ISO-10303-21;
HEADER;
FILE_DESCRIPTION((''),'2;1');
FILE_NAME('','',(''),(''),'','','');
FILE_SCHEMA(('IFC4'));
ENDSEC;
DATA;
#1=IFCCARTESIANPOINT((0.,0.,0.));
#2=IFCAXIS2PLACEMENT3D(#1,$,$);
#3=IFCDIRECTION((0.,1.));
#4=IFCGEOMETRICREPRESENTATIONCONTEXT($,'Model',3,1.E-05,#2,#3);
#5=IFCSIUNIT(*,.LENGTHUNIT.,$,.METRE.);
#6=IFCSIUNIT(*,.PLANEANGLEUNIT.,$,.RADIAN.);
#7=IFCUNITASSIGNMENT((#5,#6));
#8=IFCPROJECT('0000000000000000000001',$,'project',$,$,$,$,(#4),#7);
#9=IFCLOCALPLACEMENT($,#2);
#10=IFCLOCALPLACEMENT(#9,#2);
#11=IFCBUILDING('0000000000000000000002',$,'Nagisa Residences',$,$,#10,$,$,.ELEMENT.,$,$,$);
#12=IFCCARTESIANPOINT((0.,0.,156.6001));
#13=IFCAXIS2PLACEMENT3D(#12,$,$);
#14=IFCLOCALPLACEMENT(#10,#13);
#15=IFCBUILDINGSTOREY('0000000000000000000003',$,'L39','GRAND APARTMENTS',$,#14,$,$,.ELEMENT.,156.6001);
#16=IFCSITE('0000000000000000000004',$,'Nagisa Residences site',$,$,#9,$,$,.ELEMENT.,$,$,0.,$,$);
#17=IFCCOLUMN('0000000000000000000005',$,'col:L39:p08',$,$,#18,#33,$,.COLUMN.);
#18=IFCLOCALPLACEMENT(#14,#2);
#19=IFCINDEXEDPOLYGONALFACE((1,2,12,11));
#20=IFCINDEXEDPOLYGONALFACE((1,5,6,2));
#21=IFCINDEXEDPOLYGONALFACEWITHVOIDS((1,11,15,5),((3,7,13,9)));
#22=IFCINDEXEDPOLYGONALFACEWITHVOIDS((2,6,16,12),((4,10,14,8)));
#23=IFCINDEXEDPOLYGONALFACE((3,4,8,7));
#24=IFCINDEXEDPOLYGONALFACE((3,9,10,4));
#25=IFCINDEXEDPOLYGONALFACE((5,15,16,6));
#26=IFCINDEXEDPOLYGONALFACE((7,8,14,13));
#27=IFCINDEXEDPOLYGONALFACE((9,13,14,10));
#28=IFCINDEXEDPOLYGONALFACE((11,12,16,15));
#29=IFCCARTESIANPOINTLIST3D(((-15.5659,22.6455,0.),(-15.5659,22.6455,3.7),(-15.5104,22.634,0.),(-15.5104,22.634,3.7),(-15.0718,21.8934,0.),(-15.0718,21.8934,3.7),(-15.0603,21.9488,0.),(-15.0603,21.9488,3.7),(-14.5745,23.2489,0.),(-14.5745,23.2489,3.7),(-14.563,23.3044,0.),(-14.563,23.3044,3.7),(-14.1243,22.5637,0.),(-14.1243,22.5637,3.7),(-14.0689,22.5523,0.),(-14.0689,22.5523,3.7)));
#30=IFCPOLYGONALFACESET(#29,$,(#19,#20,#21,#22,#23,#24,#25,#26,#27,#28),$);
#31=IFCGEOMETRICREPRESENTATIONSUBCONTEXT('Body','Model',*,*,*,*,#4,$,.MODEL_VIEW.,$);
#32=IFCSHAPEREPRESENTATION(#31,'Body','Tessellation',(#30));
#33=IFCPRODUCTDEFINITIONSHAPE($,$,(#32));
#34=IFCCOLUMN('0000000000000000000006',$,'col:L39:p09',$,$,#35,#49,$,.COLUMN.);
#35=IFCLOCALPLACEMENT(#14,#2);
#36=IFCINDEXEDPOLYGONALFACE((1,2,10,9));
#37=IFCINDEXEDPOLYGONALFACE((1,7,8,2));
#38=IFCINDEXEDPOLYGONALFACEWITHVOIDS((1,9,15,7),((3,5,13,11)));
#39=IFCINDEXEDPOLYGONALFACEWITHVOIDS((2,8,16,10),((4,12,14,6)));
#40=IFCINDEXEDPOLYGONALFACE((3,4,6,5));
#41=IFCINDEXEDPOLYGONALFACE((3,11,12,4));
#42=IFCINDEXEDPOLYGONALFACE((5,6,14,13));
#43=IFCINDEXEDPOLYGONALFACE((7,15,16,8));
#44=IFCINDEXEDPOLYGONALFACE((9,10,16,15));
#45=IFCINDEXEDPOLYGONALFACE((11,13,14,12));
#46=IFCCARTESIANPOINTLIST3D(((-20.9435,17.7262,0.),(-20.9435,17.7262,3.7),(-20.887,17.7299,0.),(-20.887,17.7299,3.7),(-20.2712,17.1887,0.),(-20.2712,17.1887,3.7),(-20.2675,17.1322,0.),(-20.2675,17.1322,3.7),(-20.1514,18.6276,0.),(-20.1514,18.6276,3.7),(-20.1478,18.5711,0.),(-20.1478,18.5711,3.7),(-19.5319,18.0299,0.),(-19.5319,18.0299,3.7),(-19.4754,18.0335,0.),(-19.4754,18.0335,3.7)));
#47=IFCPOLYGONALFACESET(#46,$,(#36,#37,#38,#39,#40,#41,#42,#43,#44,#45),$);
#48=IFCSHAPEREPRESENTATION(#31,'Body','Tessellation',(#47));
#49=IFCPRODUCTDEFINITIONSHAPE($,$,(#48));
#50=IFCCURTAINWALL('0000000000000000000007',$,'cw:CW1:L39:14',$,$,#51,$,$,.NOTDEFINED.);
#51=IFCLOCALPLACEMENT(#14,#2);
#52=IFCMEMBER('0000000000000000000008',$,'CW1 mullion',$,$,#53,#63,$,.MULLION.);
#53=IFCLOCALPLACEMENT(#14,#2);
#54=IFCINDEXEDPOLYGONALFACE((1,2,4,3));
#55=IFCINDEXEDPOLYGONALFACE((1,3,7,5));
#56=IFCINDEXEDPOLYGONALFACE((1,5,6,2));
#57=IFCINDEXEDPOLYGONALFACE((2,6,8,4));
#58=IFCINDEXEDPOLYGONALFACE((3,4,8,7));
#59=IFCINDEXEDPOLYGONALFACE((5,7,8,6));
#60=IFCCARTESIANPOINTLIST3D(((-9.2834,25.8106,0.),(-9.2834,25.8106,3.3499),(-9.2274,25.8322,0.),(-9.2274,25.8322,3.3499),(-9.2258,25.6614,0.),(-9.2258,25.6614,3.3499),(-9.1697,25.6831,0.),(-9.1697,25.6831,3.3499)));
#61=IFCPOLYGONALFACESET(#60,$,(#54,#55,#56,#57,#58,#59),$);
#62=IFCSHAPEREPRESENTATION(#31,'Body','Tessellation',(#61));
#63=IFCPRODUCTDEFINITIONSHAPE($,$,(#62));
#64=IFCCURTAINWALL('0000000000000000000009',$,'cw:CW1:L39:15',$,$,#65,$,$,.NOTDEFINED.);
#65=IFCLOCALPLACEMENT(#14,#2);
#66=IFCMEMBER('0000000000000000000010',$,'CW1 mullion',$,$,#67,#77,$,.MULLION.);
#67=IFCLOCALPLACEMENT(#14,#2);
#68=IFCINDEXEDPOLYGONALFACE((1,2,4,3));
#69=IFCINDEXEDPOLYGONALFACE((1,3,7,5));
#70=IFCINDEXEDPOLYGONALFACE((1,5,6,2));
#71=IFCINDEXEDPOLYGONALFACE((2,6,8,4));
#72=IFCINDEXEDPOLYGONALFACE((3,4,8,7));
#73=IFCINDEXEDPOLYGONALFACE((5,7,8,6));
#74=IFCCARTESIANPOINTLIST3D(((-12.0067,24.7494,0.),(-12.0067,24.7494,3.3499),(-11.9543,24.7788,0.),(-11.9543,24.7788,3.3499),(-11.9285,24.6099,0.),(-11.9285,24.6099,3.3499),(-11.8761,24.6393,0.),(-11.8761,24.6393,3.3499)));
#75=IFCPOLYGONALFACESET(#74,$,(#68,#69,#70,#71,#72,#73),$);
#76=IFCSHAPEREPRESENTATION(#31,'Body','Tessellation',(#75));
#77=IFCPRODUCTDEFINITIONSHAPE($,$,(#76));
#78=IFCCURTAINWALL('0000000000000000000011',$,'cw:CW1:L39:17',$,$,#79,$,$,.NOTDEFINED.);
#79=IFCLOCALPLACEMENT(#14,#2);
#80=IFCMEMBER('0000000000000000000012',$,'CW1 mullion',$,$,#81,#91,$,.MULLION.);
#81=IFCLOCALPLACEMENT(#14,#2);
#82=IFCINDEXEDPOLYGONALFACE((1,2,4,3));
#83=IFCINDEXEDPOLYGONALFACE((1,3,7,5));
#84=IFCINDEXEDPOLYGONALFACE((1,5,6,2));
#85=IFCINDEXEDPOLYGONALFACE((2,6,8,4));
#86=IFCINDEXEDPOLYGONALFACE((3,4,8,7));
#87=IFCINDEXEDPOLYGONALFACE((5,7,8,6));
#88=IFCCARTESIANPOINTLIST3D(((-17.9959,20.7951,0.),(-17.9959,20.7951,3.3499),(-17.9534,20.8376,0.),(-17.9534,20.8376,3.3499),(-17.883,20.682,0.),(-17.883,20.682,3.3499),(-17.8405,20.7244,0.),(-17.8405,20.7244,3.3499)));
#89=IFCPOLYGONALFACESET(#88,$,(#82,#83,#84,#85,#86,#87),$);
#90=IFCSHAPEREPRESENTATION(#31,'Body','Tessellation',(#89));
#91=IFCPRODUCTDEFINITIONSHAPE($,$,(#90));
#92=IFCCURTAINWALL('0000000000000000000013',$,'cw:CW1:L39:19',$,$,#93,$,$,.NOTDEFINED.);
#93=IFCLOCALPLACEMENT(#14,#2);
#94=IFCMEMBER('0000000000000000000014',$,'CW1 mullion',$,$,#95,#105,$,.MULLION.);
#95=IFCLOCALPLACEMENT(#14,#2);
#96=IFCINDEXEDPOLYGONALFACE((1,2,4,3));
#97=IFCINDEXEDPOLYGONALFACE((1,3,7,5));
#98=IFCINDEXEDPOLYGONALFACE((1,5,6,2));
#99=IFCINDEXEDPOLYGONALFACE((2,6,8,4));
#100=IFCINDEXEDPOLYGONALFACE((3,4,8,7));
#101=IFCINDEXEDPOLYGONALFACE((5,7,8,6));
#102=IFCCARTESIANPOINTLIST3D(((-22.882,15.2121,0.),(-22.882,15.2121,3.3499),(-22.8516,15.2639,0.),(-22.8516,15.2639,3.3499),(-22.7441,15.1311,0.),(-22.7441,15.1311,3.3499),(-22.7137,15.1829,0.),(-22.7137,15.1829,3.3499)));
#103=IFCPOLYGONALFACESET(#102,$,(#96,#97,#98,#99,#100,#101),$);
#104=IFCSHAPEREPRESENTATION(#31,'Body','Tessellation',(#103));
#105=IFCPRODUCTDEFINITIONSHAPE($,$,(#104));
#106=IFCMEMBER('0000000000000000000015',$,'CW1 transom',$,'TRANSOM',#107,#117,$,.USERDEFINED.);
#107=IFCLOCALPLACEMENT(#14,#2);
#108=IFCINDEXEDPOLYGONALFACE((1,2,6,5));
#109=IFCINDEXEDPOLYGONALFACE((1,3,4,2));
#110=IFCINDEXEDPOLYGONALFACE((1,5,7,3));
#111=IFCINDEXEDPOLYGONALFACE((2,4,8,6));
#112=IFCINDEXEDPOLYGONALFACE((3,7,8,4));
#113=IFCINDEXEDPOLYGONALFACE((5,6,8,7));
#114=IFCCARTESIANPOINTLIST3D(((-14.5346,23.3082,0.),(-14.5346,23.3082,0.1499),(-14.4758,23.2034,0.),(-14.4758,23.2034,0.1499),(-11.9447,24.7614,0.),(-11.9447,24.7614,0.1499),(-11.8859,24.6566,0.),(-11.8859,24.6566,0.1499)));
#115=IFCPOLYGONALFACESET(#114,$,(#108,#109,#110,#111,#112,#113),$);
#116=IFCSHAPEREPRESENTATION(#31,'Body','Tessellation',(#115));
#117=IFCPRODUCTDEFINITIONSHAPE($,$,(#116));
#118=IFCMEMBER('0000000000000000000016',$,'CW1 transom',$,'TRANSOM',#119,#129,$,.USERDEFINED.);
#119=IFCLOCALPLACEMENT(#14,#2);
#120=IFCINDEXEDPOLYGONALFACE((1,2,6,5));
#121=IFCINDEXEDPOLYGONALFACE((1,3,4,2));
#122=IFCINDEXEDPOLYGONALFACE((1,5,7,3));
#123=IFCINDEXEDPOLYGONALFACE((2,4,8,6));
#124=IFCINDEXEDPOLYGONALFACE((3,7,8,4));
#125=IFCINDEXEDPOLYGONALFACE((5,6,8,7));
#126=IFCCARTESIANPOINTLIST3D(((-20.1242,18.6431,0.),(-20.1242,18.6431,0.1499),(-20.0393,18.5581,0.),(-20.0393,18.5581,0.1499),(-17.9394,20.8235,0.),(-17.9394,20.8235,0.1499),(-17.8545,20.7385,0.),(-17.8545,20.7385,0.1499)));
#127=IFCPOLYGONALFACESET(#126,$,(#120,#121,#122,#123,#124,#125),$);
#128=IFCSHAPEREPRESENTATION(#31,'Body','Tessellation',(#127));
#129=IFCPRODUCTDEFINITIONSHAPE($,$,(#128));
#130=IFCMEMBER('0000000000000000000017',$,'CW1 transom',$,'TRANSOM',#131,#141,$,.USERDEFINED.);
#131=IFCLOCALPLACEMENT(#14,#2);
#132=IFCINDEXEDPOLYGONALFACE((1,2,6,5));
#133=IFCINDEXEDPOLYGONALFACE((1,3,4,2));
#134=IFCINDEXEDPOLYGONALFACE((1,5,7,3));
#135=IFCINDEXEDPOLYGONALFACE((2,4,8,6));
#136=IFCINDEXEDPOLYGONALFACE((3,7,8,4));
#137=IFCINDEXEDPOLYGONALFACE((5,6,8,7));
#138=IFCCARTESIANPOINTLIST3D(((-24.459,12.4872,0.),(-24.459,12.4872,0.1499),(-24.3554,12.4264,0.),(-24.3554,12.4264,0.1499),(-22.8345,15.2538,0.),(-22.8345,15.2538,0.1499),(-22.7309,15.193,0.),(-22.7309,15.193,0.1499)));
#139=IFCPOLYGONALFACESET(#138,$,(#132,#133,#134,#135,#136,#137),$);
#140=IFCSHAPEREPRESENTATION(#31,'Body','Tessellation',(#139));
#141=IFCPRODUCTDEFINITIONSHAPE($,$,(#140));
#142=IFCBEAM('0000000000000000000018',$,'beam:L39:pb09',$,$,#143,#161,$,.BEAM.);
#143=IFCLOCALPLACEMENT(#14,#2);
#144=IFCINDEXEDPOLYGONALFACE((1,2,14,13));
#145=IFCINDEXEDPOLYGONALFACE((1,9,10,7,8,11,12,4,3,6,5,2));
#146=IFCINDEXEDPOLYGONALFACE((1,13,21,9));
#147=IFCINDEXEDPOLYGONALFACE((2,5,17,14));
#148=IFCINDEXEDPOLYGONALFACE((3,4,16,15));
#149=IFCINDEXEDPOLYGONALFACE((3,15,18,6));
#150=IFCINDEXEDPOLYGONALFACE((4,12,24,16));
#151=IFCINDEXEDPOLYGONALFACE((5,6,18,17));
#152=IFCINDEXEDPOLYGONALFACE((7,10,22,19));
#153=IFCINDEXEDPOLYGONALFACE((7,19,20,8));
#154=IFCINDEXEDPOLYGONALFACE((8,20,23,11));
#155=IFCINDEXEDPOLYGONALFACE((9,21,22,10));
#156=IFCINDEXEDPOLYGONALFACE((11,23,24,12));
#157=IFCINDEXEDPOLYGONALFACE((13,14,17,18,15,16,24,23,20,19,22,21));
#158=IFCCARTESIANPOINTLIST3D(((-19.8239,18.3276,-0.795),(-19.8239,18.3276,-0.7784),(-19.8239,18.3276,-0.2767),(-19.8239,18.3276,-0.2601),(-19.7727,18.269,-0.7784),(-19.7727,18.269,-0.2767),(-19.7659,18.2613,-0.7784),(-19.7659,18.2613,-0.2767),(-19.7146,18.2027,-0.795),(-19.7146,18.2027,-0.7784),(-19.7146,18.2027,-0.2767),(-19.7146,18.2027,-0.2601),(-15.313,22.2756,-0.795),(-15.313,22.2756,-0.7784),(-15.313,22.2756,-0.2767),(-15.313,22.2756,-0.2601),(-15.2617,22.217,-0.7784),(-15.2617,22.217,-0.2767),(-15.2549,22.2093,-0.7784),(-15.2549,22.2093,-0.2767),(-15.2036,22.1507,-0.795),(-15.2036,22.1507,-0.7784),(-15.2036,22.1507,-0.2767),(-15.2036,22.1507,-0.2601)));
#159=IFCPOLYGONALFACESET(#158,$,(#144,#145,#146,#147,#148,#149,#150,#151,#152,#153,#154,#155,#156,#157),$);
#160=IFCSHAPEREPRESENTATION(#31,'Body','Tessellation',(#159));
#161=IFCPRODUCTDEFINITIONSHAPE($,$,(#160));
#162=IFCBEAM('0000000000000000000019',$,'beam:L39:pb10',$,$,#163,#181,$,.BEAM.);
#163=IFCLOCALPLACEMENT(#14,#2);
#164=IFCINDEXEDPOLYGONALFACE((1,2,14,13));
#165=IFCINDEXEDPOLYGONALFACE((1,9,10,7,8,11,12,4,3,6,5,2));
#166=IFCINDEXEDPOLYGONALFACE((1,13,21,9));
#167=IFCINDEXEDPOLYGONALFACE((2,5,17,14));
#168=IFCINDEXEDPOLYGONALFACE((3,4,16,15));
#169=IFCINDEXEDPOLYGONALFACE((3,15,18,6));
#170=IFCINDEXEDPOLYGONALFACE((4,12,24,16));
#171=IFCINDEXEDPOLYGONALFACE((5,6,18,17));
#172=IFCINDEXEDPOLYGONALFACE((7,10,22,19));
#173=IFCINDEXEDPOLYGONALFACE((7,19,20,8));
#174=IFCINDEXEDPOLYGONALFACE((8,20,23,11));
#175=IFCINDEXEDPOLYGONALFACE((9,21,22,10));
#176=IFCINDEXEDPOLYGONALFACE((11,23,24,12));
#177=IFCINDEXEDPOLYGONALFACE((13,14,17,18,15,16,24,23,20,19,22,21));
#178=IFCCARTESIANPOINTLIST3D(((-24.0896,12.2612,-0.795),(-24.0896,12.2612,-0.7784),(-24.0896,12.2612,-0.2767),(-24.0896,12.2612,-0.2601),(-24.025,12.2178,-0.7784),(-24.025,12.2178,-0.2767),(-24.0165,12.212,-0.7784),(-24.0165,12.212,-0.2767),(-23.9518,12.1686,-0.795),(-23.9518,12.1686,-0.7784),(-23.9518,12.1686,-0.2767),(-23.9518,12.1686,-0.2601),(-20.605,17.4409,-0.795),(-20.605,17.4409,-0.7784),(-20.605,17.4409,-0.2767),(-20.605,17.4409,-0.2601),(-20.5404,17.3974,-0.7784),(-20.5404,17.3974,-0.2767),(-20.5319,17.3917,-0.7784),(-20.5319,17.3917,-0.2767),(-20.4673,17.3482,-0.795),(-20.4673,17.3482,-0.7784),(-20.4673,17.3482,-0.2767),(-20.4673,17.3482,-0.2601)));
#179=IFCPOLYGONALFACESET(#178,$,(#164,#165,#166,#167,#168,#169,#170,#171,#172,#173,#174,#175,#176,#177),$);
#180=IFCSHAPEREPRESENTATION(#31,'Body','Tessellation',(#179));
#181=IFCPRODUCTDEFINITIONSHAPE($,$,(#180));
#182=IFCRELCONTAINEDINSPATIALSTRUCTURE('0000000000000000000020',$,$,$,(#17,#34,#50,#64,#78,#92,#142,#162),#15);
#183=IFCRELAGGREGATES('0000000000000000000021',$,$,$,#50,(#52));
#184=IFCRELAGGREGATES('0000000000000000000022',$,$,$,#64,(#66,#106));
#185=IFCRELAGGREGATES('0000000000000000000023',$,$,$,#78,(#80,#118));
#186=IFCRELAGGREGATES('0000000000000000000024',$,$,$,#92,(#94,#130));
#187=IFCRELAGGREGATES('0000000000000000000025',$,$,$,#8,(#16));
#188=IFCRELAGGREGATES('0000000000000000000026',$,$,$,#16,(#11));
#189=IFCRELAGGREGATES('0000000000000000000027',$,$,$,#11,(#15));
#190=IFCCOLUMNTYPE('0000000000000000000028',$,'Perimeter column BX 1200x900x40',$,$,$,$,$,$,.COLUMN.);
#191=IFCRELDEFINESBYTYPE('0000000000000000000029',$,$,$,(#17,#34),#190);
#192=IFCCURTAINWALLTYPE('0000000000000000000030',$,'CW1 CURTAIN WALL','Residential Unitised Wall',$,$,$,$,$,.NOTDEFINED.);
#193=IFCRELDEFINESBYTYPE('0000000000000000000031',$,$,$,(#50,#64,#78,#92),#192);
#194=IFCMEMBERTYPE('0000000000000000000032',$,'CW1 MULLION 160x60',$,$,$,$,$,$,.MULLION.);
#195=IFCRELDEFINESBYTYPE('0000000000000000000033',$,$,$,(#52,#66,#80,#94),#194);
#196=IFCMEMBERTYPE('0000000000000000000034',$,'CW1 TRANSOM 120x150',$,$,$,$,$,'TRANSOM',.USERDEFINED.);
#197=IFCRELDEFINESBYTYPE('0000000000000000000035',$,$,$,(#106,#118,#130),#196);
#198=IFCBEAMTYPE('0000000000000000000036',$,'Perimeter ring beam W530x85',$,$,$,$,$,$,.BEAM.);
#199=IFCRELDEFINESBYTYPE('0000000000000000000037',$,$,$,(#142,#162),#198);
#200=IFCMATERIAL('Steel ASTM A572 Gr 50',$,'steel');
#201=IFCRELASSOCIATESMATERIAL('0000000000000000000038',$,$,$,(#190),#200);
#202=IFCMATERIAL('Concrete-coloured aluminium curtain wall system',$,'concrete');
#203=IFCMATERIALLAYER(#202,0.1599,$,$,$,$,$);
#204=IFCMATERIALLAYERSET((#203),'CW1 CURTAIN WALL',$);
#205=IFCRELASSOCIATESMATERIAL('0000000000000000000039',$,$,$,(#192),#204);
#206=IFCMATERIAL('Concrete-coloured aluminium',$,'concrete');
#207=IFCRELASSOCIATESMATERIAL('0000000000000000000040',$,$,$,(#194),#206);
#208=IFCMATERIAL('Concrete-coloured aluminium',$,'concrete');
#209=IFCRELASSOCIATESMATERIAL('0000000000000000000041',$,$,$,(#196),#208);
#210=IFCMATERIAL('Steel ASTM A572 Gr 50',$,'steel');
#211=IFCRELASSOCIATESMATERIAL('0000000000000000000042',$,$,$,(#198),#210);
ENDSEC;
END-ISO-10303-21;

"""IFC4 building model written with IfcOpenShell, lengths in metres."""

from ifc_helpers import new_model, si_unit, direction, frame, origin, origin_2d, place, context, subcontext, project, spatial, rectangle, hollow_rectangle, i_section, extrude, material, layer, layer_set, material_profile, profile_set, type_object, element, aggregate, save


model = new_model("IFC4")

# Units and contexts
model_context = context("Model", 3, precision=1e-05, world=origin(), true_north=direction((0.0, 1.0)))
body_context = subcontext(model_context, "Body", "Model", "MODEL_VIEW")
ifc_project = project(units=[si_unit("LENGTHUNIT", "METRE"), si_unit("PLANEANGLEUNIT", "RADIAN")], contexts=[model_context])

# Site, building, storey
site_placement = place(None, origin())
site = spatial("IfcSite", under=ifc_project, at=site_placement, Name="Nagisa Residences site", CompositionType="ELEMENT", RefElevation=0.0)
building_placement = place(site_placement, origin())
building = spatial("IfcBuilding", under=site, at=building_placement, Name="Nagisa Residences", CompositionType="ELEMENT")
storey_placement = place(building_placement, frame((0.0, 0.0, 156.6001)))
storey = spatial("IfcBuildingStorey", under=building, at=storey_placement, Name="L39", Description="GRAND APARTMENTS", CompositionType="ELEMENT", Elevation=156.6001)

# Columns
ifc_material_1 = material(Name="Steel ASTM A572 Gr 50", Category="steel")
ifc_material_profile_1 = material_profile(ifc_material_1, hollow_rectangle(XDim=1.2, YDim=0.8999, WallThickness=0.04, at=origin_2d()), Name="BX 1200x900x40")
ifc_profile_set_1 = profile_set([ifc_material_profile_1], Name="Steel ASTM A572 Gr 50")
column_type = type_object("IfcColumnType", Name="Perimeter column BX 1200x900x40", PredefinedType="COLUMN", material=ifc_profile_set_1)
for number, where, z_axis, x_axis, name in (
    (1, (-14.8174, 22.5989, 0.0), (0.0, 0.0, 1.0), (-0.835766, -0.549086, 0.0), "col:L39:p08"),
    (2, (-20.2095, 17.8799, 0.0), (0.0, 0.0, 1.0), (-0.660115, -0.751165, 0.0), "col:L39:p09"),
):
    element("IfcColumn", number, at=place(storey_placement, frame(where, z_axis=z_axis, x_axis=x_axis)), inside=storey, type_object=column_type, Name=name, PredefinedType="COLUMN", context=body_context, shape_type="SweptSolid", body=[
        extrude(hollow_rectangle(XDim=1.2, YDim=0.8999, WallThickness=0.04, at=origin_2d()), origin(), (0.0, 0.0, 1.0), 3.7),
    ])

# Curtain walls, members
ifc_material_2 = material(Name="Concrete-coloured aluminium curtain wall system", Category="concrete")
ifc_layer_1 = layer(ifc_material_2, 0.1599)
ifc_layer_set_1 = layer_set([ifc_layer_1], Name="CW1 CURTAIN WALL")
curtain_wall_type = type_object("IfcCurtainWallType", Name="CW1 CURTAIN WALL", Description="Residential Unitised Wall", PredefinedType="NOTDEFINED", material=ifc_layer_set_1)
curtain_wall_1_placement = place(storey_placement, origin())
curtain_wall_1 = element("IfcCurtainWall", 3, at=curtain_wall_1_placement, inside=storey, type_object=curtain_wall_type, Name="cw:CW1:L39:14", PredefinedType="NOTDEFINED")
ifc_material_3 = material(Name="Concrete-coloured aluminium", Category="concrete")
ifc_material_profile_2 = material_profile(ifc_material_3, rectangle(XDim=0.1599, YDim=0.0601, at=origin_2d()), Name="CW1 MULLION 160x60")
ifc_profile_set_2 = profile_set([ifc_material_profile_2], Name="Concrete-coloured aluminium")
member_type_1 = type_object("IfcMemberType", Name="CW1 MULLION 160x60", PredefinedType="MULLION", material=ifc_profile_set_2)
member_1_placement = place(storey_placement, frame((-9.2266, 25.7468, 0.0), z_axis=(0.0, 0.0, 1.0), x_axis=(0.360328, -0.932826, 0.0)))
member_1 = element("IfcMember", 4, at=member_1_placement, type_object=member_type_1, Name="CW1 mullion", PredefinedType="MULLION", context=body_context, shape_type="SweptSolid", body=[
    extrude(rectangle(XDim=0.1599, YDim=0.0601, at=origin_2d()), origin(), (0.0, 0.0, 1.0), 3.3499),
])
curtain_wall_2_placement = place(storey_placement, origin())
curtain_wall_2 = element("IfcCurtainWall", 5, at=curtain_wall_2_placement, inside=storey, type_object=curtain_wall_type, Name="cw:CW1:L39:15", PredefinedType="NOTDEFINED")
member_2_placement = place(storey_placement, frame((-11.9414, 24.6943, 0.0), z_axis=(0.0, 0.0, 1.0), x_axis=(0.489377, -0.872072, 0.0)))
member_2 = element("IfcMember", 6, at=member_2_placement, type_object=member_type_1, Name="CW1 mullion", PredefinedType="MULLION", context=body_context, shape_type="SweptSolid", body=[
    extrude(rectangle(XDim=0.1599, YDim=0.0601, at=origin_2d()), origin(), (0.0, 0.0, 1.0), 3.3499),
])
curtain_wall_3_placement = place(storey_placement, origin())
curtain_wall_3 = element("IfcCurtainWall", 7, at=curtain_wall_3_placement, inside=storey, type_object=curtain_wall_type, Name="cw:CW1:L39:17", PredefinedType="NOTDEFINED")
member_3_placement = place(storey_placement, frame((-17.9182, 20.7598, 0.0), z_axis=(0.0, 0.0, 1.0), x_axis=(0.706377, -0.707836, 0.0)))
member_3 = element("IfcMember", 8, at=member_3_placement, type_object=member_type_1, Name="CW1 mullion", PredefinedType="MULLION", context=body_context, shape_type="SweptSolid", body=[
    extrude(rectangle(XDim=0.1599, YDim=0.0601, at=origin_2d()), origin(), (0.0, 0.0, 1.0), 3.3499),
])
curtain_wall_4_placement = place(storey_placement, origin())
curtain_wall_4 = element("IfcCurtainWall", 9, at=curtain_wall_4_placement, inside=storey, type_object=curtain_wall_type, Name="cw:CW1:L39:19", PredefinedType="NOTDEFINED")
member_4_placement = place(storey_placement, frame((-22.7979, 15.1975, 0.0), z_axis=(0.0, 0.0, 1.0), x_axis=(0.862329, -0.506349, 0.0)))
member_4 = element("IfcMember", 10, at=member_4_placement, type_object=member_type_1, Name="CW1 mullion", PredefinedType="MULLION", context=body_context, shape_type="SweptSolid", body=[
    extrude(rectangle(XDim=0.1599, YDim=0.0601, at=origin_2d()), origin(), (0.0, 0.0, 1.0), 3.3499),
])

# Members
ifc_material_4 = material(Name="Concrete-coloured aluminium", Category="concrete")
ifc_material_profile_3 = material_profile(ifc_material_4, rectangle(XDim=0.1201, YDim=0.1499, at=origin_2d()), Name="CW1 TRANSOM 120x150")
ifc_profile_set_3 = profile_set([ifc_material_profile_3], Name="Concrete-coloured aluminium")
member_type_2 = type_object("IfcMemberType", Name="CW1 TRANSOM 120x150", ElementType="TRANSOM", PredefinedType="USERDEFINED", material=ifc_profile_set_3)
member_5_placement = place(storey_placement, frame((-11.9153, 24.709, 0.075), z_axis=(-0.872102, -0.489324, 0.0), x_axis=(0.489324, -0.872102, 0.0)))
member_5 = element("IfcMember", 11, at=member_5_placement, type_object=member_type_2, Name="CW1 transom", ObjectType="TRANSOM", PredefinedType="USERDEFINED", context=body_context, shape_type="SweptSolid", body=[
    extrude(rectangle(XDim=0.1201, YDim=0.1499, at=origin_2d()), origin(), (0.0, 0.0, 1.0), 2.9697),
])
member_6_placement = place(storey_placement, frame((-17.897, 20.781, 0.075), z_axis=(-0.707818, -0.706395, 0.0), x_axis=(0.706395, -0.707818, 0.0)))
member_6 = element("IfcMember", 12, at=member_6_placement, type_object=member_type_2, Name="CW1 transom", ObjectType="TRANSOM", PredefinedType="USERDEFINED", context=body_context, shape_type="SweptSolid", body=[
    extrude(rectangle(XDim=0.1201, YDim=0.1499, at=origin_2d()), origin(), (0.0, 0.0, 1.0), 3.0867),
])
member_7_placement = place(storey_placement, frame((-22.7827, 15.2234, 0.075), z_axis=(-0.506348, -0.862329, 0.0), x_axis=(0.862329, -0.506348, 0.0)))
member_7 = element("IfcMember", 13, at=member_7_placement, type_object=member_type_2, Name="CW1 transom", ObjectType="TRANSOM", PredefinedType="USERDEFINED", context=body_context, shape_type="SweptSolid", body=[
    extrude(rectangle(XDim=0.1201, YDim=0.1499, at=origin_2d()), origin(), (0.0, 0.0, 1.0), 3.2083),
])

# Beams
ifc_material_5 = material(Name="Steel ASTM A572 Gr 50", Category="steel")
ifc_material_profile_4 = material_profile(ifc_material_5, i_section(OverallWidth=0.166, OverallDepth=0.5349, WebThickness=0.0103, FlangeThickness=0.0166, at=origin_2d()), Name="W530x85")
ifc_profile_set_4 = profile_set([ifc_material_profile_4], Name="Steel ASTM A572 Gr 50")
beam_type_1 = type_object("IfcBeamType", Name="Perimeter ring beam W530x85", PredefinedType="BEAM", material=ifc_profile_set_4)
beam_1_placement = place(storey_placement, frame((-15.2583, 22.2131, -0.5276), z_axis=(-0.752504, -0.658588, 0.0), x_axis=(0.658588, -0.752504, 0.0)))
element("IfcBeam", 14, at=beam_1_placement, inside=storey, type_object=beam_type_1, Name="beam:L39:pb09", PredefinedType="BEAM", context=body_context, shape_type="SweptSolid", body=[
    extrude(i_section(OverallWidth=0.166, OverallDepth=0.5349, WebThickness=0.0103, FlangeThickness=0.0166, at=origin_2d()), origin(), (0.0, 0.0, 1.0), 5.9946),
])
beam_2_placement = place(storey_placement, frame((-20.5361, 17.3945, -0.5276), z_axis=(-0.558188, -0.829715, 0.0), x_axis=(0.829715, -0.558188, 0.0)))
element("IfcBeam", 15, at=beam_2_placement, inside=storey, type_object=beam_type_1, Name="beam:L39:pb10", PredefinedType="BEAM", context=body_context, shape_type="SweptSolid", body=[
    extrude(i_section(OverallWidth=0.166, OverallDepth=0.5349, WebThickness=0.0103, FlangeThickness=0.0166, at=origin_2d()), origin(), (0.0, 0.0, 1.0), 6.2427),
])

aggregate(curtain_wall_1, [member_1])
aggregate(curtain_wall_2, [member_2, member_5])
aggregate(curtain_wall_3, [member_3, member_6])
aggregate(curtain_wall_4, [member_4, member_7])

save(model, "model.ifc")
